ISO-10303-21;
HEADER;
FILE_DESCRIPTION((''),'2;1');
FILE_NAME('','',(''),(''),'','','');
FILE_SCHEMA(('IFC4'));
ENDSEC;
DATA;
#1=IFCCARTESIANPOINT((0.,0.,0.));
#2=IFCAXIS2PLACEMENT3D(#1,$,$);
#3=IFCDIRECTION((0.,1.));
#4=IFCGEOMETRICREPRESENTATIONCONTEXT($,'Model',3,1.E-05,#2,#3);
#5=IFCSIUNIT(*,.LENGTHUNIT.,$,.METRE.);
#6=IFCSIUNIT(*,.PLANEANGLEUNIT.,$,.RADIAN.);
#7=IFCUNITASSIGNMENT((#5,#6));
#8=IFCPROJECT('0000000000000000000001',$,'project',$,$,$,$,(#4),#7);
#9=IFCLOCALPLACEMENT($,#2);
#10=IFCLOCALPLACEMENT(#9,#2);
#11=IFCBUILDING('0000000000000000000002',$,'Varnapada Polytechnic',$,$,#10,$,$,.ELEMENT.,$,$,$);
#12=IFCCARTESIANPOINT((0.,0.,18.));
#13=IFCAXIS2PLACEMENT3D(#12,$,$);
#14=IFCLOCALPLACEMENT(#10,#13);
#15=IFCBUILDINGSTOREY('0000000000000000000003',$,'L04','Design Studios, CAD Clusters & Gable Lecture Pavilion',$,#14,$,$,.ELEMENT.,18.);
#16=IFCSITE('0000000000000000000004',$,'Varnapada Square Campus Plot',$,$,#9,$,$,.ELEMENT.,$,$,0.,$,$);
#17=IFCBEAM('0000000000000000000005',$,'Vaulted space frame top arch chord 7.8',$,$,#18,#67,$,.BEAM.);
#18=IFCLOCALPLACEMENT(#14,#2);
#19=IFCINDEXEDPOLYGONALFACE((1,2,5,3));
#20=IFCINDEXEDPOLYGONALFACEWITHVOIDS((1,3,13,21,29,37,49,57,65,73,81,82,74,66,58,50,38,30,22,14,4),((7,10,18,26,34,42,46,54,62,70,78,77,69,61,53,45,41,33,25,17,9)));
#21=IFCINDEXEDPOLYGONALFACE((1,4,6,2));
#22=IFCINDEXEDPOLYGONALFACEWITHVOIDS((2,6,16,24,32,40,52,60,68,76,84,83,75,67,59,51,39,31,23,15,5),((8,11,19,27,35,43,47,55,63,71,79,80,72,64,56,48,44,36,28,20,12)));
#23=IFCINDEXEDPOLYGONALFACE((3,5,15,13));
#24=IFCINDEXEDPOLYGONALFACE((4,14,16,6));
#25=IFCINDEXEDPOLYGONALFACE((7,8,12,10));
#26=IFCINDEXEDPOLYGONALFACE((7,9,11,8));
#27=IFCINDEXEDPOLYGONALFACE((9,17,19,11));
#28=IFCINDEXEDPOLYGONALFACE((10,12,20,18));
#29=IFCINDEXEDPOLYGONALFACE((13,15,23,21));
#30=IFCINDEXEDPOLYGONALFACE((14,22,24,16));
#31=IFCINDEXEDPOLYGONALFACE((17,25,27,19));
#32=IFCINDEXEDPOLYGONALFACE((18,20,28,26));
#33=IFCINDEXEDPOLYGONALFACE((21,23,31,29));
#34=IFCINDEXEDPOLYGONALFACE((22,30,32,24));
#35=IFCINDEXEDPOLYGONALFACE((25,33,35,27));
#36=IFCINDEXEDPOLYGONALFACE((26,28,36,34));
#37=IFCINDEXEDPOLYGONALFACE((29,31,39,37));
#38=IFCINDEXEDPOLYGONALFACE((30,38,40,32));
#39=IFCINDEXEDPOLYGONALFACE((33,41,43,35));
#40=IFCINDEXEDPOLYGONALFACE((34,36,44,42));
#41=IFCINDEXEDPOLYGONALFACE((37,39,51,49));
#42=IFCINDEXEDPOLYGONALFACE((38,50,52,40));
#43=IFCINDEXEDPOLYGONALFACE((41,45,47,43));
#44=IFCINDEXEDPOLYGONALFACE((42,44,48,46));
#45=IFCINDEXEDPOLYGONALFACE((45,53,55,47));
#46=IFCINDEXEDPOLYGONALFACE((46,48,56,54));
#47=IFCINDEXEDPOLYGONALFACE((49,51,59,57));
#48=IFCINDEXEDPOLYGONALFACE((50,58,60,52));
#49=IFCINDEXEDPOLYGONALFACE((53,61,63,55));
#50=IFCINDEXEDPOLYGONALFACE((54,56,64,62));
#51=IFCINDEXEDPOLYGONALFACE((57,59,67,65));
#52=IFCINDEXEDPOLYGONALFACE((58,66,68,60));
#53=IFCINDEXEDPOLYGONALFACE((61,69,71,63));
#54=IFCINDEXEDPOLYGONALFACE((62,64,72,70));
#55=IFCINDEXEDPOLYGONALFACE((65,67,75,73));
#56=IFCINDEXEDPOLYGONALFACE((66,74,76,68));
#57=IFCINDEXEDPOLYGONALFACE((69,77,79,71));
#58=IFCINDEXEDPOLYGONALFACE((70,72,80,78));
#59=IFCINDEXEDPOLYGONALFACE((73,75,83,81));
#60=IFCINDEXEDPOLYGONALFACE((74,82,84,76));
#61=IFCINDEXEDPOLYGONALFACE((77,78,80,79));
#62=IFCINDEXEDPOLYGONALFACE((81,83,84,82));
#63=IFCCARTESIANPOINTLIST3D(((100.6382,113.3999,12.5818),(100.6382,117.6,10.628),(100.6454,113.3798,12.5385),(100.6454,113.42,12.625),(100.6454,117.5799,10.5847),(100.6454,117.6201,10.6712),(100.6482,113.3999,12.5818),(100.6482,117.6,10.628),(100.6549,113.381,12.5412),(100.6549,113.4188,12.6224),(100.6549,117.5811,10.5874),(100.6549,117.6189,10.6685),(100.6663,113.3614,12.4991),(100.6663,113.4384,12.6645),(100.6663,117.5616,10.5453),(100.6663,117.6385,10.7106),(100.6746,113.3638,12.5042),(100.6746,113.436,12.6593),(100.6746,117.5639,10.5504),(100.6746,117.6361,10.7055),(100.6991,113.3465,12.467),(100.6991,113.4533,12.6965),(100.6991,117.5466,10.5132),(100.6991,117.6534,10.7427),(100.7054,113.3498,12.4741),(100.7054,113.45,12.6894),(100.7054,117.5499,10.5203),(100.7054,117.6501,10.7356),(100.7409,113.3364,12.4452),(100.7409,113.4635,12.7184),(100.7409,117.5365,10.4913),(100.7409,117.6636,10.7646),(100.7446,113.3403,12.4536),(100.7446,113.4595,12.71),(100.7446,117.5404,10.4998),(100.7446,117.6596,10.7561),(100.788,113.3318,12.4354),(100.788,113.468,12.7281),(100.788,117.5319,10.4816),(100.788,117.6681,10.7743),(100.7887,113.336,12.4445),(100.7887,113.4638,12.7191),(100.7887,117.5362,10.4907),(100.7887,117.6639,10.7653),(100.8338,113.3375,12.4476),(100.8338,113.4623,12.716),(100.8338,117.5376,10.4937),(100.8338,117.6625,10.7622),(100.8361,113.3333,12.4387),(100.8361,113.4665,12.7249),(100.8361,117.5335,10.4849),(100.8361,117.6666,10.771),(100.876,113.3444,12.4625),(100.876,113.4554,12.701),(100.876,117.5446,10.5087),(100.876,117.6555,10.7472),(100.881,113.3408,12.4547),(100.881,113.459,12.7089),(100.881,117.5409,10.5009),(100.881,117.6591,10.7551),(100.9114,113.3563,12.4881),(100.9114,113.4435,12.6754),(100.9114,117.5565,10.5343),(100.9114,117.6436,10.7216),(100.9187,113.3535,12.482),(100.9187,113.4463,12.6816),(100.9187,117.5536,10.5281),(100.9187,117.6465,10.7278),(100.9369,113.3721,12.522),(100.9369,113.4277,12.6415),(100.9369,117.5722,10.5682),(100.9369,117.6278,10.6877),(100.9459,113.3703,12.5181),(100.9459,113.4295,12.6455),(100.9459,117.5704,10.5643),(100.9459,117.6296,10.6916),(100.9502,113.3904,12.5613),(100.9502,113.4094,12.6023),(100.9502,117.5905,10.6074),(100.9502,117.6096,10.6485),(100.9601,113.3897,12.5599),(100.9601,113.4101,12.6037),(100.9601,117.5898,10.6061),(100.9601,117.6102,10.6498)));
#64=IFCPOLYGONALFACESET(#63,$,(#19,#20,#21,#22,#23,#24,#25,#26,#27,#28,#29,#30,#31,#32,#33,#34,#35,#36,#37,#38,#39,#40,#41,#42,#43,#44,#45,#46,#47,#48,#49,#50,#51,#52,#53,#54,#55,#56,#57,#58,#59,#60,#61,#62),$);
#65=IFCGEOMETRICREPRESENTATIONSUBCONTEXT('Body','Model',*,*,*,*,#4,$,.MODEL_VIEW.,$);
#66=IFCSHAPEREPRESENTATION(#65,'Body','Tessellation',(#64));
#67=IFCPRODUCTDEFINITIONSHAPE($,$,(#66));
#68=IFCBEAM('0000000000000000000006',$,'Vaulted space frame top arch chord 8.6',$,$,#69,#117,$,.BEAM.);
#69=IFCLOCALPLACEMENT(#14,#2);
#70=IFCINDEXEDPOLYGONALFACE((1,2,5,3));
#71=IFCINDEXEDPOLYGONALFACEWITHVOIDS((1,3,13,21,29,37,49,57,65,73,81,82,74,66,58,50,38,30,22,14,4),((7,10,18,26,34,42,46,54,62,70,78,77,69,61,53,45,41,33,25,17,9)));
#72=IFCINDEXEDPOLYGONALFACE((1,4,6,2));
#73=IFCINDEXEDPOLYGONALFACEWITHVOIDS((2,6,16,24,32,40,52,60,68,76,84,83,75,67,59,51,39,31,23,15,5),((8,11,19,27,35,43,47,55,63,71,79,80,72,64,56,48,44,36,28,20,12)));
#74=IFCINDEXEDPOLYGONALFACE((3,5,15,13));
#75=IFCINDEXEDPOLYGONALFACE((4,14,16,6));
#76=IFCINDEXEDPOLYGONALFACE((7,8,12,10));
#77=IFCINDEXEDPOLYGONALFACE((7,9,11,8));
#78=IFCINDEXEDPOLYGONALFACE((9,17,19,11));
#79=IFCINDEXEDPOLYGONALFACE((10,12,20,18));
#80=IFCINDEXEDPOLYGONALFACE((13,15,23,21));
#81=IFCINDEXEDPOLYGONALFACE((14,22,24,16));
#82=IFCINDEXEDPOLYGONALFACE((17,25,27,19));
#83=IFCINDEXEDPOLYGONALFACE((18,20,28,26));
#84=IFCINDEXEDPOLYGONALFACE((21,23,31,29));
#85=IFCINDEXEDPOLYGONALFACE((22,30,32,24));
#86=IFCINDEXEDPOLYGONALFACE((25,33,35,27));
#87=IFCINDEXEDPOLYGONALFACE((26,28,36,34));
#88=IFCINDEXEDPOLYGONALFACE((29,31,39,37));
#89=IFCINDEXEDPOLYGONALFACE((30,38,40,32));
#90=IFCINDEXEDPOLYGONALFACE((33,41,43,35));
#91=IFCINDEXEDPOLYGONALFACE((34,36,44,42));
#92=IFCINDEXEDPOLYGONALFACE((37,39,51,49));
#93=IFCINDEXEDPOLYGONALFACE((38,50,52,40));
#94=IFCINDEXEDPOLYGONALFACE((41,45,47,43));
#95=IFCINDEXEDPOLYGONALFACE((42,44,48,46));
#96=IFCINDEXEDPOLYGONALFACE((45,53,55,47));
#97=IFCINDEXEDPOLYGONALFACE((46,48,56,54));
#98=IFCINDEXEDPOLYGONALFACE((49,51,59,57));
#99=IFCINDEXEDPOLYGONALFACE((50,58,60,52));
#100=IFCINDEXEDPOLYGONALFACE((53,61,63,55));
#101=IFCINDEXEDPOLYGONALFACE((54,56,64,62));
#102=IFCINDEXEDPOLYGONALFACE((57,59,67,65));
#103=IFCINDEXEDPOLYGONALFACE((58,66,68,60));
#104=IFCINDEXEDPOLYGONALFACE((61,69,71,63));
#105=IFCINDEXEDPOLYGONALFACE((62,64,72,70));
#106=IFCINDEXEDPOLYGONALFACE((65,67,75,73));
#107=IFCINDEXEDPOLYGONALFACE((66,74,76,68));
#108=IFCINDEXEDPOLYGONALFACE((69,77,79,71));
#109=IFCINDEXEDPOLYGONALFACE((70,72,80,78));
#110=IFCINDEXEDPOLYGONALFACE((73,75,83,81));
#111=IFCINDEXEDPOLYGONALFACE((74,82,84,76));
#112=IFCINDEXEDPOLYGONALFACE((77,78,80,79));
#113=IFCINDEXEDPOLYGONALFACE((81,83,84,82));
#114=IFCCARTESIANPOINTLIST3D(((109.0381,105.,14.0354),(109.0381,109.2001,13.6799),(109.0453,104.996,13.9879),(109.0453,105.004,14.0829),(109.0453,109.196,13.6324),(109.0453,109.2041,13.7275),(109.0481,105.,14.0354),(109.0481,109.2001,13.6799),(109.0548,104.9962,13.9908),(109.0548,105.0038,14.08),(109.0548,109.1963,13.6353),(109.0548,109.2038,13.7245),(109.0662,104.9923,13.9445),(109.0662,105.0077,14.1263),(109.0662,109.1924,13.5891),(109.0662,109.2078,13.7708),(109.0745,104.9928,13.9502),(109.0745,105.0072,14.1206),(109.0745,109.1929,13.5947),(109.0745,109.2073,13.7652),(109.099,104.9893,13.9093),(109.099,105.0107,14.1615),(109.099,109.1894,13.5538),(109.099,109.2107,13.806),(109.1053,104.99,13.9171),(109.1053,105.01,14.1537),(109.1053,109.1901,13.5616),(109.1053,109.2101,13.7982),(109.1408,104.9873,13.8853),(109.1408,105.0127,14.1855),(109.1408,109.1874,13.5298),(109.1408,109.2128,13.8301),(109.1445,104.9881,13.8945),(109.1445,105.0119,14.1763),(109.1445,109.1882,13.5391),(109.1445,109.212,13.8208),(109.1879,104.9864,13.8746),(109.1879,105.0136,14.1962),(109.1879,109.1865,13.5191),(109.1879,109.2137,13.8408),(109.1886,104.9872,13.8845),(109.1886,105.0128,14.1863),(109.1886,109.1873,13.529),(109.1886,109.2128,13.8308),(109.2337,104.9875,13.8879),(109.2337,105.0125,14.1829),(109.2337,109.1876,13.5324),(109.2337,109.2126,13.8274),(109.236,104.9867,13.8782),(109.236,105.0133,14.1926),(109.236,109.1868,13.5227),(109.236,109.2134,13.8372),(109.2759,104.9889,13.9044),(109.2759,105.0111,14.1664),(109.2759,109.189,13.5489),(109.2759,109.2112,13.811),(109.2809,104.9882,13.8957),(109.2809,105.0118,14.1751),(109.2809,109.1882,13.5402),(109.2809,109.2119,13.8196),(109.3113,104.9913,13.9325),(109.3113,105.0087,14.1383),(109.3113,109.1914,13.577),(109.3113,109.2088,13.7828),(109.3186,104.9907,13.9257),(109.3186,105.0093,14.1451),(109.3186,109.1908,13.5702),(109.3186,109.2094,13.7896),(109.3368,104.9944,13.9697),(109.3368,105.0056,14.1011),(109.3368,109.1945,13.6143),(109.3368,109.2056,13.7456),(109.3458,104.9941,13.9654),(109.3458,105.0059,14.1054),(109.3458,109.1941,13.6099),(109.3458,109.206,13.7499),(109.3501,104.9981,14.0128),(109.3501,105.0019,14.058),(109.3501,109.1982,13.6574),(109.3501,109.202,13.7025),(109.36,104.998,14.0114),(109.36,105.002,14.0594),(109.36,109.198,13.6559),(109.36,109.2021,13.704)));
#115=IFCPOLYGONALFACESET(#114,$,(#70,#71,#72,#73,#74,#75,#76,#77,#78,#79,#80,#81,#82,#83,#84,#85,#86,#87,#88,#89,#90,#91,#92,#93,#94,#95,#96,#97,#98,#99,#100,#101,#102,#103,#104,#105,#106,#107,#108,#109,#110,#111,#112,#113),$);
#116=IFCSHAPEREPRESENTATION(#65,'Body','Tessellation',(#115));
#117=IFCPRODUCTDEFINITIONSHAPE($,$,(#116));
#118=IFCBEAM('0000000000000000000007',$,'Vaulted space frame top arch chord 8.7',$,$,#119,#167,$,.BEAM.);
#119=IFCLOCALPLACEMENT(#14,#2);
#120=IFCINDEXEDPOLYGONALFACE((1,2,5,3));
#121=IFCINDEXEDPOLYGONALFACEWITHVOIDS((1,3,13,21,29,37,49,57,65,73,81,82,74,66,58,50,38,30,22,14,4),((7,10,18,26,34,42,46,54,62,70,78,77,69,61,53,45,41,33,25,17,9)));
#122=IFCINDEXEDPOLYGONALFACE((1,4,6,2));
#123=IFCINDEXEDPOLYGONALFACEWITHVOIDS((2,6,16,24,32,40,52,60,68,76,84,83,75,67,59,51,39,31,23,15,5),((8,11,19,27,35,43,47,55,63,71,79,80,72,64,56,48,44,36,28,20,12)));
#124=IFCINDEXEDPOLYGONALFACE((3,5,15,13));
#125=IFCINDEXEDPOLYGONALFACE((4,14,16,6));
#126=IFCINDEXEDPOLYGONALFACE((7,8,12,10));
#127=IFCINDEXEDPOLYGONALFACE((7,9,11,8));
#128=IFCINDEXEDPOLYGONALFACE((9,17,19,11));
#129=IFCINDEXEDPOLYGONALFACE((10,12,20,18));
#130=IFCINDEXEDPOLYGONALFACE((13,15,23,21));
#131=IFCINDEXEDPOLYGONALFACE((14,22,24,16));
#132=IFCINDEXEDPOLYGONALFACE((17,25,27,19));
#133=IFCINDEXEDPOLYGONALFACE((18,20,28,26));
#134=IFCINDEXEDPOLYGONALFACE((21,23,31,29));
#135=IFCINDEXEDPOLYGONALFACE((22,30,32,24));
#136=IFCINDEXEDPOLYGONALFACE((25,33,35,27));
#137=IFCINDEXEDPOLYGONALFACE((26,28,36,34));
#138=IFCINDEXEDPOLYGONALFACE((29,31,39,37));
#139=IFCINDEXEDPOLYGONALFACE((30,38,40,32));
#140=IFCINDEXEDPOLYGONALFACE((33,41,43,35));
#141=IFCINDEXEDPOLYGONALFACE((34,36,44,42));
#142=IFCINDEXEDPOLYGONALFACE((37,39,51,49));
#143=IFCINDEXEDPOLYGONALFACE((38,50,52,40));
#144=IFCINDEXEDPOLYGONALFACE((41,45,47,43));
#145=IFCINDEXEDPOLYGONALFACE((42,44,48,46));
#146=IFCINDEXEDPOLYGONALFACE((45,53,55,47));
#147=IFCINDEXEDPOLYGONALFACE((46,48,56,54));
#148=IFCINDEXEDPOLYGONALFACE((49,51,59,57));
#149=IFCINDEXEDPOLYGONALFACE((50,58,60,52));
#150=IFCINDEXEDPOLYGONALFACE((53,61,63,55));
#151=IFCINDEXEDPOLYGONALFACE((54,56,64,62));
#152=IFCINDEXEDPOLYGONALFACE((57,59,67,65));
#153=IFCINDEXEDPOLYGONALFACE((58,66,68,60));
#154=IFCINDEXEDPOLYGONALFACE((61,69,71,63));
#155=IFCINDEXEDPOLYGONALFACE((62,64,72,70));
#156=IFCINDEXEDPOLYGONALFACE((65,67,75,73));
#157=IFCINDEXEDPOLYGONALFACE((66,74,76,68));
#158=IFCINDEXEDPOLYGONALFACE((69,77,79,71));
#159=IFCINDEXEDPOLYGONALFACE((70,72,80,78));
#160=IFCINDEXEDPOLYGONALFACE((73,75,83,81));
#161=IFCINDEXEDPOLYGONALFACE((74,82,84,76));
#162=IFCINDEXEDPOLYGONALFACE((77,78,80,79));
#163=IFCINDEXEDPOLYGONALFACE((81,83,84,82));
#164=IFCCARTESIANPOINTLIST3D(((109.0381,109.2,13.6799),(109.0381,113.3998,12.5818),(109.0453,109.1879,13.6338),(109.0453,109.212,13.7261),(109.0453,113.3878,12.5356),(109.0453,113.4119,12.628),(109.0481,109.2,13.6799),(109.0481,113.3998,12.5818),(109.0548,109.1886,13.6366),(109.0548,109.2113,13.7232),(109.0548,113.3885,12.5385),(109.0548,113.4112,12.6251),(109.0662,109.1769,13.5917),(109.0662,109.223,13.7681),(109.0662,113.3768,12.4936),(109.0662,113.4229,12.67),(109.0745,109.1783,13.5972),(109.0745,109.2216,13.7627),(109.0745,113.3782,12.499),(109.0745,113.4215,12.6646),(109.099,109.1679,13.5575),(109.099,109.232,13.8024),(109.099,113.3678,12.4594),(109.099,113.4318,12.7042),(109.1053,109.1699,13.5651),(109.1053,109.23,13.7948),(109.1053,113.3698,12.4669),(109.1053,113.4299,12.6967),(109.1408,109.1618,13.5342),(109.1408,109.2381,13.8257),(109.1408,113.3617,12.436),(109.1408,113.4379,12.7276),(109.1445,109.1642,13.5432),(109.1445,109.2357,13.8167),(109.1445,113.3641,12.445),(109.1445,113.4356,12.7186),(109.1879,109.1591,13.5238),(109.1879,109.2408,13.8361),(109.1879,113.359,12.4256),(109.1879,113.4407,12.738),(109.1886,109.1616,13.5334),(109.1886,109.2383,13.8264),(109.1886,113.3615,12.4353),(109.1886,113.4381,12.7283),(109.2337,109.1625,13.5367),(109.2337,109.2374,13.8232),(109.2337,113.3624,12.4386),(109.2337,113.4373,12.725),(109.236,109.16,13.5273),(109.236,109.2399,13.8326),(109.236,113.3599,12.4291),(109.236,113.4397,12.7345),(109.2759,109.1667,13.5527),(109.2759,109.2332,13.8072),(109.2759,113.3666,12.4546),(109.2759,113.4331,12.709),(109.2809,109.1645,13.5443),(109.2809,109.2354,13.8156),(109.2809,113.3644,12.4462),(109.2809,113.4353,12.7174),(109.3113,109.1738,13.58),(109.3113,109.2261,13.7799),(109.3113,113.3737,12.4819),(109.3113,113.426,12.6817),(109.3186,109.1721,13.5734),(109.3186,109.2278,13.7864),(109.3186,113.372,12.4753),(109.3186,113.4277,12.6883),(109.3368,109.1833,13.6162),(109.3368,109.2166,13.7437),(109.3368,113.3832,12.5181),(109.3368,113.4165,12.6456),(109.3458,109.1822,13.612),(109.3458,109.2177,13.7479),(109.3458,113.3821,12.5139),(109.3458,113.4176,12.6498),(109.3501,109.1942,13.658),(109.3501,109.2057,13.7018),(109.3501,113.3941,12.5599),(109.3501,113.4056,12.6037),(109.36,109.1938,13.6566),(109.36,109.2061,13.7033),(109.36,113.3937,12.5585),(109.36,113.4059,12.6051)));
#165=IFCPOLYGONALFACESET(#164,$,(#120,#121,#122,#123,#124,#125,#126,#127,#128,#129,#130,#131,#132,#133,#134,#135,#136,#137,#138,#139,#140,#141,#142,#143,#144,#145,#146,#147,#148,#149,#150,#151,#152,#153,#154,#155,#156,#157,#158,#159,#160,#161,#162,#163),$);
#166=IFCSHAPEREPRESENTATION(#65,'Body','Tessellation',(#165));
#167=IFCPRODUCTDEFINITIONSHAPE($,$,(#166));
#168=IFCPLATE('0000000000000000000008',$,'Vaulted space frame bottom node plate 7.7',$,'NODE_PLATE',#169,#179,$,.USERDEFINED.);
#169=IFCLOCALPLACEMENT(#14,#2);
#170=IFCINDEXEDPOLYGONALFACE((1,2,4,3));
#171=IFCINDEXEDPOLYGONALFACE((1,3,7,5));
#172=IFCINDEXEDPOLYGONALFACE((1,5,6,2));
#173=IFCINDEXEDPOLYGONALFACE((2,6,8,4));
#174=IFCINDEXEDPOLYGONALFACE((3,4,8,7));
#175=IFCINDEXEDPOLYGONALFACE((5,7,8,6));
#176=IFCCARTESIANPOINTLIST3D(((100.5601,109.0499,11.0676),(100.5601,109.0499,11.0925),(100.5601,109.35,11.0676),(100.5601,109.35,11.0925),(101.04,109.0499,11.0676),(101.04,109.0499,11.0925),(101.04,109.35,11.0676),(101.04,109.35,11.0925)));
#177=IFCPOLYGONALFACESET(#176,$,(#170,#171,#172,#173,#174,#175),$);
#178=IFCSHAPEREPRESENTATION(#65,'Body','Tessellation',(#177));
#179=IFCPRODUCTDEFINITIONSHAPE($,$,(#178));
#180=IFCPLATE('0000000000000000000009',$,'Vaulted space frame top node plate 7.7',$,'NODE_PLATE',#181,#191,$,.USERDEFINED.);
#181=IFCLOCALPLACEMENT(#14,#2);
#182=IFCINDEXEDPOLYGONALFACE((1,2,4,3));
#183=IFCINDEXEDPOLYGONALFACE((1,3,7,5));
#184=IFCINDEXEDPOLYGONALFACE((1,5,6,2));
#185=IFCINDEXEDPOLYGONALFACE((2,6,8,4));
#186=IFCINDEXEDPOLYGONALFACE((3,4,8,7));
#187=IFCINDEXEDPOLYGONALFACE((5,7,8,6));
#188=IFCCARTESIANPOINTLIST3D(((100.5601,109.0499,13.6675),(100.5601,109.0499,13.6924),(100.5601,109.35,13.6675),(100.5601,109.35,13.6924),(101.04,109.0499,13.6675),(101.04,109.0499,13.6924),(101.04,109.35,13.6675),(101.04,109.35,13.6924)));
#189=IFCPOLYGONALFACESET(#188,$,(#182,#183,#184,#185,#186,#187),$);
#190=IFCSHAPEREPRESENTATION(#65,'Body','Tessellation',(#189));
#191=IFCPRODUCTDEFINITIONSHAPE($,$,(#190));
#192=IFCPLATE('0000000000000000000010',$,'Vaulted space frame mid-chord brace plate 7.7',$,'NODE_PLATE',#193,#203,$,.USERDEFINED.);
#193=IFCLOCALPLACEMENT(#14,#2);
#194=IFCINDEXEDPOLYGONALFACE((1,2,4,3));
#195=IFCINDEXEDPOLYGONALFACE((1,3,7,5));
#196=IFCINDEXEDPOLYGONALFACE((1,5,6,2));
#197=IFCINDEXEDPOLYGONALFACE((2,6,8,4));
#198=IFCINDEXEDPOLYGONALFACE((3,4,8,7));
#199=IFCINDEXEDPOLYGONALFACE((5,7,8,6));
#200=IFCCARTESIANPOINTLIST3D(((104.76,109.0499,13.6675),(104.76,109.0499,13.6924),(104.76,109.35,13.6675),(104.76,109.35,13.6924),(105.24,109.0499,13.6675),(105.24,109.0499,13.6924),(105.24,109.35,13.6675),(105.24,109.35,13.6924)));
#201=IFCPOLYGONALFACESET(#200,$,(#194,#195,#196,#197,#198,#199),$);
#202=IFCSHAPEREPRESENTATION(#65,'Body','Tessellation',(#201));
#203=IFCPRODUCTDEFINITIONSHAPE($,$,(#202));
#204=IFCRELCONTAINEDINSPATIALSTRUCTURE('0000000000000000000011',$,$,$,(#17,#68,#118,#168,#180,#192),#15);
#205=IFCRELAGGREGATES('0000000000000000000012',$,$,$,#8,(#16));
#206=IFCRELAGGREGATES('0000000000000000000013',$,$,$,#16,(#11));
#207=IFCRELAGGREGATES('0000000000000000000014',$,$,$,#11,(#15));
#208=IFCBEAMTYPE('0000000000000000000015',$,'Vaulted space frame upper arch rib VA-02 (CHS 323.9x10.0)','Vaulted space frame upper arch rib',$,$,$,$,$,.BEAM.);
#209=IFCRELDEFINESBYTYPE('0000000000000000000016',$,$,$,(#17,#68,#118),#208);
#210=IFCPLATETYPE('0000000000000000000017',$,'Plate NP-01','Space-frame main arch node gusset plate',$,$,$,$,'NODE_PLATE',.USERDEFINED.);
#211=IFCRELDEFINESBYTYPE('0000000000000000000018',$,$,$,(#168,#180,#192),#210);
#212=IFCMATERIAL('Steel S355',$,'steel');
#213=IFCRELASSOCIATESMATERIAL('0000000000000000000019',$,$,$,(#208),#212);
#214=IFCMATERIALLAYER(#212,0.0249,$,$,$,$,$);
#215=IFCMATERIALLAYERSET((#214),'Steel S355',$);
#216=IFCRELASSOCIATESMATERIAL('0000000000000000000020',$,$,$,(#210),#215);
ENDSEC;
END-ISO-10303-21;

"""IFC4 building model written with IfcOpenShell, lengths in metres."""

from ifc_helpers import new_model, si_unit, direction, frame, origin, origin_2d, place, context, subcontext, project, spatial, rectangle, hollow_circle, extrude, material, layer, layer_set, material_profile, profile_set, type_object, element, save


model = new_model("IFC4")

# Units and contexts
model_context = context("Model", 3, precision=1e-05, world=origin(), true_north=direction((0.0, 1.0)))
body_context = subcontext(model_context, "Body", "Model", "MODEL_VIEW")
ifc_project = project(units=[si_unit("LENGTHUNIT", "METRE"), si_unit("PLANEANGLEUNIT", "RADIAN")], contexts=[model_context])

# Site, building, storey
site_placement = place(None, origin())
site = spatial("IfcSite", under=ifc_project, at=site_placement, Name="Varnapada Square Campus Plot", CompositionType="ELEMENT", RefElevation=0.0)
building_placement = place(site_placement, origin())
building = spatial("IfcBuilding", under=site, at=building_placement, Name="Varnapada Polytechnic", CompositionType="ELEMENT")
storey_placement = place(building_placement, frame((0.0, 0.0, 18.0)))
storey = spatial("IfcBuildingStorey", under=building, at=storey_placement, Name="L04", Description="Design Studios, CAD Clusters & Gable Lecture Pavilion", CompositionType="ELEMENT", Elevation=18.0)

# Shared definitions
ifc_material = material(Name="Steel S355", Category="steel")

# Beams
ifc_material_profile_1 = material_profile(ifc_material, hollow_circle(Radius=0.1619, WallThickness=0.01, at=origin_2d()), Name="CHS 323.9x10.0")
ifc_profile_set_1 = profile_set([ifc_material_profile_1], Name="Steel S355")
beam_type_1 = type_object("IfcBeamType", Name="Vaulted space frame upper arch rib VA-02 (CHS 323.9x10.0)", Description="Vaulted space frame upper arch rib", PredefinedType="BEAM", material=ifc_profile_set_1)
beam_1_placement = place(storey_placement, frame((100.8, 113.3999, 12.5818), z_axis=(0.0, 0.906698, -0.42178), x_axis=(-1.0, 0.0, 0.0)))
element("IfcBeam", 1, at=beam_1_placement, inside=storey, type_object=beam_type_1, Name="Vaulted space frame top arch chord 7.8", PredefinedType="BEAM", context=body_context, shape_type="SweptSolid", body=[
    extrude(hollow_circle(Radius=0.1619, WallThickness=0.01, at=origin_2d()), origin(), (0.0, 0.0, 1.0), 4.6323),
])
beam_2_placement = place(storey_placement, frame((109.2, 105.0, 14.0354), z_axis=(0.0, 0.996437, -0.084335), x_axis=(-1.0, 0.0, 0.0)))
element("IfcBeam", 2, at=beam_2_placement, inside=storey, type_object=beam_type_1, Name="Vaulted space frame top arch chord 8.6", PredefinedType="BEAM", context=body_context, shape_type="SweptSolid", body=[
    extrude(hollow_circle(Radius=0.1619, WallThickness=0.01, at=origin_2d()), origin(), (0.0, 0.0, 1.0), 4.2151),
])
beam_3_placement = place(storey_placement, frame((109.2, 109.2, 13.6799), z_axis=(0.0, 0.967476, -0.252962), x_axis=(-1.0, 0.0, 0.0)))
element("IfcBeam", 3, at=beam_3_placement, inside=storey, type_object=beam_type_1, Name="Vaulted space frame top arch chord 8.7", PredefinedType="BEAM", context=body_context, shape_type="SweptSolid", body=[
    extrude(hollow_circle(Radius=0.1619, WallThickness=0.01, at=origin_2d()), origin(), (0.0, 0.0, 1.0), 4.3411),
])

# Plates
ifc_layer_1 = layer(ifc_material, 0.0249)
ifc_layer_set_1 = layer_set([ifc_layer_1], Name="Steel S355")
plate_type = type_object("IfcPlateType", Name="Plate NP-01", Description="Space-frame main arch node gusset plate", ElementType="NODE_PLATE", PredefinedType="USERDEFINED", material=ifc_layer_set_1)
for number, where, z_axis, x_axis, name in (
    (4, (100.8, 109.2, 11.0676), (0.0, 0.0, 1.0), (1.0, 0.0, 0.0), "Vaulted space frame bottom node plate 7.7"),
    (5, (100.8, 109.2, 13.6675), (0.0, 0.0, 1.0), (1.0, 0.0, 0.0), "Vaulted space frame top node plate 7.7"),
    (6, (105.0, 109.2, 13.6675), (0.0, 0.0, 1.0), (1.0, 0.0, 0.0), "Vaulted space frame mid-chord brace plate 7.7"),
):
    element("IfcPlate", number, at=place(storey_placement, frame(where, z_axis=z_axis, x_axis=x_axis)), inside=storey, type_object=plate_type, Name=name, ObjectType="NODE_PLATE", PredefinedType="USERDEFINED", context=body_context, shape_type="SweptSolid", body=[
        extrude(rectangle(XDim=0.48, YDim=0.3, at=origin_2d()), origin(), (0.0, 0.0, 1.0), 0.0249),
    ])

save(model, "model.ifc")
